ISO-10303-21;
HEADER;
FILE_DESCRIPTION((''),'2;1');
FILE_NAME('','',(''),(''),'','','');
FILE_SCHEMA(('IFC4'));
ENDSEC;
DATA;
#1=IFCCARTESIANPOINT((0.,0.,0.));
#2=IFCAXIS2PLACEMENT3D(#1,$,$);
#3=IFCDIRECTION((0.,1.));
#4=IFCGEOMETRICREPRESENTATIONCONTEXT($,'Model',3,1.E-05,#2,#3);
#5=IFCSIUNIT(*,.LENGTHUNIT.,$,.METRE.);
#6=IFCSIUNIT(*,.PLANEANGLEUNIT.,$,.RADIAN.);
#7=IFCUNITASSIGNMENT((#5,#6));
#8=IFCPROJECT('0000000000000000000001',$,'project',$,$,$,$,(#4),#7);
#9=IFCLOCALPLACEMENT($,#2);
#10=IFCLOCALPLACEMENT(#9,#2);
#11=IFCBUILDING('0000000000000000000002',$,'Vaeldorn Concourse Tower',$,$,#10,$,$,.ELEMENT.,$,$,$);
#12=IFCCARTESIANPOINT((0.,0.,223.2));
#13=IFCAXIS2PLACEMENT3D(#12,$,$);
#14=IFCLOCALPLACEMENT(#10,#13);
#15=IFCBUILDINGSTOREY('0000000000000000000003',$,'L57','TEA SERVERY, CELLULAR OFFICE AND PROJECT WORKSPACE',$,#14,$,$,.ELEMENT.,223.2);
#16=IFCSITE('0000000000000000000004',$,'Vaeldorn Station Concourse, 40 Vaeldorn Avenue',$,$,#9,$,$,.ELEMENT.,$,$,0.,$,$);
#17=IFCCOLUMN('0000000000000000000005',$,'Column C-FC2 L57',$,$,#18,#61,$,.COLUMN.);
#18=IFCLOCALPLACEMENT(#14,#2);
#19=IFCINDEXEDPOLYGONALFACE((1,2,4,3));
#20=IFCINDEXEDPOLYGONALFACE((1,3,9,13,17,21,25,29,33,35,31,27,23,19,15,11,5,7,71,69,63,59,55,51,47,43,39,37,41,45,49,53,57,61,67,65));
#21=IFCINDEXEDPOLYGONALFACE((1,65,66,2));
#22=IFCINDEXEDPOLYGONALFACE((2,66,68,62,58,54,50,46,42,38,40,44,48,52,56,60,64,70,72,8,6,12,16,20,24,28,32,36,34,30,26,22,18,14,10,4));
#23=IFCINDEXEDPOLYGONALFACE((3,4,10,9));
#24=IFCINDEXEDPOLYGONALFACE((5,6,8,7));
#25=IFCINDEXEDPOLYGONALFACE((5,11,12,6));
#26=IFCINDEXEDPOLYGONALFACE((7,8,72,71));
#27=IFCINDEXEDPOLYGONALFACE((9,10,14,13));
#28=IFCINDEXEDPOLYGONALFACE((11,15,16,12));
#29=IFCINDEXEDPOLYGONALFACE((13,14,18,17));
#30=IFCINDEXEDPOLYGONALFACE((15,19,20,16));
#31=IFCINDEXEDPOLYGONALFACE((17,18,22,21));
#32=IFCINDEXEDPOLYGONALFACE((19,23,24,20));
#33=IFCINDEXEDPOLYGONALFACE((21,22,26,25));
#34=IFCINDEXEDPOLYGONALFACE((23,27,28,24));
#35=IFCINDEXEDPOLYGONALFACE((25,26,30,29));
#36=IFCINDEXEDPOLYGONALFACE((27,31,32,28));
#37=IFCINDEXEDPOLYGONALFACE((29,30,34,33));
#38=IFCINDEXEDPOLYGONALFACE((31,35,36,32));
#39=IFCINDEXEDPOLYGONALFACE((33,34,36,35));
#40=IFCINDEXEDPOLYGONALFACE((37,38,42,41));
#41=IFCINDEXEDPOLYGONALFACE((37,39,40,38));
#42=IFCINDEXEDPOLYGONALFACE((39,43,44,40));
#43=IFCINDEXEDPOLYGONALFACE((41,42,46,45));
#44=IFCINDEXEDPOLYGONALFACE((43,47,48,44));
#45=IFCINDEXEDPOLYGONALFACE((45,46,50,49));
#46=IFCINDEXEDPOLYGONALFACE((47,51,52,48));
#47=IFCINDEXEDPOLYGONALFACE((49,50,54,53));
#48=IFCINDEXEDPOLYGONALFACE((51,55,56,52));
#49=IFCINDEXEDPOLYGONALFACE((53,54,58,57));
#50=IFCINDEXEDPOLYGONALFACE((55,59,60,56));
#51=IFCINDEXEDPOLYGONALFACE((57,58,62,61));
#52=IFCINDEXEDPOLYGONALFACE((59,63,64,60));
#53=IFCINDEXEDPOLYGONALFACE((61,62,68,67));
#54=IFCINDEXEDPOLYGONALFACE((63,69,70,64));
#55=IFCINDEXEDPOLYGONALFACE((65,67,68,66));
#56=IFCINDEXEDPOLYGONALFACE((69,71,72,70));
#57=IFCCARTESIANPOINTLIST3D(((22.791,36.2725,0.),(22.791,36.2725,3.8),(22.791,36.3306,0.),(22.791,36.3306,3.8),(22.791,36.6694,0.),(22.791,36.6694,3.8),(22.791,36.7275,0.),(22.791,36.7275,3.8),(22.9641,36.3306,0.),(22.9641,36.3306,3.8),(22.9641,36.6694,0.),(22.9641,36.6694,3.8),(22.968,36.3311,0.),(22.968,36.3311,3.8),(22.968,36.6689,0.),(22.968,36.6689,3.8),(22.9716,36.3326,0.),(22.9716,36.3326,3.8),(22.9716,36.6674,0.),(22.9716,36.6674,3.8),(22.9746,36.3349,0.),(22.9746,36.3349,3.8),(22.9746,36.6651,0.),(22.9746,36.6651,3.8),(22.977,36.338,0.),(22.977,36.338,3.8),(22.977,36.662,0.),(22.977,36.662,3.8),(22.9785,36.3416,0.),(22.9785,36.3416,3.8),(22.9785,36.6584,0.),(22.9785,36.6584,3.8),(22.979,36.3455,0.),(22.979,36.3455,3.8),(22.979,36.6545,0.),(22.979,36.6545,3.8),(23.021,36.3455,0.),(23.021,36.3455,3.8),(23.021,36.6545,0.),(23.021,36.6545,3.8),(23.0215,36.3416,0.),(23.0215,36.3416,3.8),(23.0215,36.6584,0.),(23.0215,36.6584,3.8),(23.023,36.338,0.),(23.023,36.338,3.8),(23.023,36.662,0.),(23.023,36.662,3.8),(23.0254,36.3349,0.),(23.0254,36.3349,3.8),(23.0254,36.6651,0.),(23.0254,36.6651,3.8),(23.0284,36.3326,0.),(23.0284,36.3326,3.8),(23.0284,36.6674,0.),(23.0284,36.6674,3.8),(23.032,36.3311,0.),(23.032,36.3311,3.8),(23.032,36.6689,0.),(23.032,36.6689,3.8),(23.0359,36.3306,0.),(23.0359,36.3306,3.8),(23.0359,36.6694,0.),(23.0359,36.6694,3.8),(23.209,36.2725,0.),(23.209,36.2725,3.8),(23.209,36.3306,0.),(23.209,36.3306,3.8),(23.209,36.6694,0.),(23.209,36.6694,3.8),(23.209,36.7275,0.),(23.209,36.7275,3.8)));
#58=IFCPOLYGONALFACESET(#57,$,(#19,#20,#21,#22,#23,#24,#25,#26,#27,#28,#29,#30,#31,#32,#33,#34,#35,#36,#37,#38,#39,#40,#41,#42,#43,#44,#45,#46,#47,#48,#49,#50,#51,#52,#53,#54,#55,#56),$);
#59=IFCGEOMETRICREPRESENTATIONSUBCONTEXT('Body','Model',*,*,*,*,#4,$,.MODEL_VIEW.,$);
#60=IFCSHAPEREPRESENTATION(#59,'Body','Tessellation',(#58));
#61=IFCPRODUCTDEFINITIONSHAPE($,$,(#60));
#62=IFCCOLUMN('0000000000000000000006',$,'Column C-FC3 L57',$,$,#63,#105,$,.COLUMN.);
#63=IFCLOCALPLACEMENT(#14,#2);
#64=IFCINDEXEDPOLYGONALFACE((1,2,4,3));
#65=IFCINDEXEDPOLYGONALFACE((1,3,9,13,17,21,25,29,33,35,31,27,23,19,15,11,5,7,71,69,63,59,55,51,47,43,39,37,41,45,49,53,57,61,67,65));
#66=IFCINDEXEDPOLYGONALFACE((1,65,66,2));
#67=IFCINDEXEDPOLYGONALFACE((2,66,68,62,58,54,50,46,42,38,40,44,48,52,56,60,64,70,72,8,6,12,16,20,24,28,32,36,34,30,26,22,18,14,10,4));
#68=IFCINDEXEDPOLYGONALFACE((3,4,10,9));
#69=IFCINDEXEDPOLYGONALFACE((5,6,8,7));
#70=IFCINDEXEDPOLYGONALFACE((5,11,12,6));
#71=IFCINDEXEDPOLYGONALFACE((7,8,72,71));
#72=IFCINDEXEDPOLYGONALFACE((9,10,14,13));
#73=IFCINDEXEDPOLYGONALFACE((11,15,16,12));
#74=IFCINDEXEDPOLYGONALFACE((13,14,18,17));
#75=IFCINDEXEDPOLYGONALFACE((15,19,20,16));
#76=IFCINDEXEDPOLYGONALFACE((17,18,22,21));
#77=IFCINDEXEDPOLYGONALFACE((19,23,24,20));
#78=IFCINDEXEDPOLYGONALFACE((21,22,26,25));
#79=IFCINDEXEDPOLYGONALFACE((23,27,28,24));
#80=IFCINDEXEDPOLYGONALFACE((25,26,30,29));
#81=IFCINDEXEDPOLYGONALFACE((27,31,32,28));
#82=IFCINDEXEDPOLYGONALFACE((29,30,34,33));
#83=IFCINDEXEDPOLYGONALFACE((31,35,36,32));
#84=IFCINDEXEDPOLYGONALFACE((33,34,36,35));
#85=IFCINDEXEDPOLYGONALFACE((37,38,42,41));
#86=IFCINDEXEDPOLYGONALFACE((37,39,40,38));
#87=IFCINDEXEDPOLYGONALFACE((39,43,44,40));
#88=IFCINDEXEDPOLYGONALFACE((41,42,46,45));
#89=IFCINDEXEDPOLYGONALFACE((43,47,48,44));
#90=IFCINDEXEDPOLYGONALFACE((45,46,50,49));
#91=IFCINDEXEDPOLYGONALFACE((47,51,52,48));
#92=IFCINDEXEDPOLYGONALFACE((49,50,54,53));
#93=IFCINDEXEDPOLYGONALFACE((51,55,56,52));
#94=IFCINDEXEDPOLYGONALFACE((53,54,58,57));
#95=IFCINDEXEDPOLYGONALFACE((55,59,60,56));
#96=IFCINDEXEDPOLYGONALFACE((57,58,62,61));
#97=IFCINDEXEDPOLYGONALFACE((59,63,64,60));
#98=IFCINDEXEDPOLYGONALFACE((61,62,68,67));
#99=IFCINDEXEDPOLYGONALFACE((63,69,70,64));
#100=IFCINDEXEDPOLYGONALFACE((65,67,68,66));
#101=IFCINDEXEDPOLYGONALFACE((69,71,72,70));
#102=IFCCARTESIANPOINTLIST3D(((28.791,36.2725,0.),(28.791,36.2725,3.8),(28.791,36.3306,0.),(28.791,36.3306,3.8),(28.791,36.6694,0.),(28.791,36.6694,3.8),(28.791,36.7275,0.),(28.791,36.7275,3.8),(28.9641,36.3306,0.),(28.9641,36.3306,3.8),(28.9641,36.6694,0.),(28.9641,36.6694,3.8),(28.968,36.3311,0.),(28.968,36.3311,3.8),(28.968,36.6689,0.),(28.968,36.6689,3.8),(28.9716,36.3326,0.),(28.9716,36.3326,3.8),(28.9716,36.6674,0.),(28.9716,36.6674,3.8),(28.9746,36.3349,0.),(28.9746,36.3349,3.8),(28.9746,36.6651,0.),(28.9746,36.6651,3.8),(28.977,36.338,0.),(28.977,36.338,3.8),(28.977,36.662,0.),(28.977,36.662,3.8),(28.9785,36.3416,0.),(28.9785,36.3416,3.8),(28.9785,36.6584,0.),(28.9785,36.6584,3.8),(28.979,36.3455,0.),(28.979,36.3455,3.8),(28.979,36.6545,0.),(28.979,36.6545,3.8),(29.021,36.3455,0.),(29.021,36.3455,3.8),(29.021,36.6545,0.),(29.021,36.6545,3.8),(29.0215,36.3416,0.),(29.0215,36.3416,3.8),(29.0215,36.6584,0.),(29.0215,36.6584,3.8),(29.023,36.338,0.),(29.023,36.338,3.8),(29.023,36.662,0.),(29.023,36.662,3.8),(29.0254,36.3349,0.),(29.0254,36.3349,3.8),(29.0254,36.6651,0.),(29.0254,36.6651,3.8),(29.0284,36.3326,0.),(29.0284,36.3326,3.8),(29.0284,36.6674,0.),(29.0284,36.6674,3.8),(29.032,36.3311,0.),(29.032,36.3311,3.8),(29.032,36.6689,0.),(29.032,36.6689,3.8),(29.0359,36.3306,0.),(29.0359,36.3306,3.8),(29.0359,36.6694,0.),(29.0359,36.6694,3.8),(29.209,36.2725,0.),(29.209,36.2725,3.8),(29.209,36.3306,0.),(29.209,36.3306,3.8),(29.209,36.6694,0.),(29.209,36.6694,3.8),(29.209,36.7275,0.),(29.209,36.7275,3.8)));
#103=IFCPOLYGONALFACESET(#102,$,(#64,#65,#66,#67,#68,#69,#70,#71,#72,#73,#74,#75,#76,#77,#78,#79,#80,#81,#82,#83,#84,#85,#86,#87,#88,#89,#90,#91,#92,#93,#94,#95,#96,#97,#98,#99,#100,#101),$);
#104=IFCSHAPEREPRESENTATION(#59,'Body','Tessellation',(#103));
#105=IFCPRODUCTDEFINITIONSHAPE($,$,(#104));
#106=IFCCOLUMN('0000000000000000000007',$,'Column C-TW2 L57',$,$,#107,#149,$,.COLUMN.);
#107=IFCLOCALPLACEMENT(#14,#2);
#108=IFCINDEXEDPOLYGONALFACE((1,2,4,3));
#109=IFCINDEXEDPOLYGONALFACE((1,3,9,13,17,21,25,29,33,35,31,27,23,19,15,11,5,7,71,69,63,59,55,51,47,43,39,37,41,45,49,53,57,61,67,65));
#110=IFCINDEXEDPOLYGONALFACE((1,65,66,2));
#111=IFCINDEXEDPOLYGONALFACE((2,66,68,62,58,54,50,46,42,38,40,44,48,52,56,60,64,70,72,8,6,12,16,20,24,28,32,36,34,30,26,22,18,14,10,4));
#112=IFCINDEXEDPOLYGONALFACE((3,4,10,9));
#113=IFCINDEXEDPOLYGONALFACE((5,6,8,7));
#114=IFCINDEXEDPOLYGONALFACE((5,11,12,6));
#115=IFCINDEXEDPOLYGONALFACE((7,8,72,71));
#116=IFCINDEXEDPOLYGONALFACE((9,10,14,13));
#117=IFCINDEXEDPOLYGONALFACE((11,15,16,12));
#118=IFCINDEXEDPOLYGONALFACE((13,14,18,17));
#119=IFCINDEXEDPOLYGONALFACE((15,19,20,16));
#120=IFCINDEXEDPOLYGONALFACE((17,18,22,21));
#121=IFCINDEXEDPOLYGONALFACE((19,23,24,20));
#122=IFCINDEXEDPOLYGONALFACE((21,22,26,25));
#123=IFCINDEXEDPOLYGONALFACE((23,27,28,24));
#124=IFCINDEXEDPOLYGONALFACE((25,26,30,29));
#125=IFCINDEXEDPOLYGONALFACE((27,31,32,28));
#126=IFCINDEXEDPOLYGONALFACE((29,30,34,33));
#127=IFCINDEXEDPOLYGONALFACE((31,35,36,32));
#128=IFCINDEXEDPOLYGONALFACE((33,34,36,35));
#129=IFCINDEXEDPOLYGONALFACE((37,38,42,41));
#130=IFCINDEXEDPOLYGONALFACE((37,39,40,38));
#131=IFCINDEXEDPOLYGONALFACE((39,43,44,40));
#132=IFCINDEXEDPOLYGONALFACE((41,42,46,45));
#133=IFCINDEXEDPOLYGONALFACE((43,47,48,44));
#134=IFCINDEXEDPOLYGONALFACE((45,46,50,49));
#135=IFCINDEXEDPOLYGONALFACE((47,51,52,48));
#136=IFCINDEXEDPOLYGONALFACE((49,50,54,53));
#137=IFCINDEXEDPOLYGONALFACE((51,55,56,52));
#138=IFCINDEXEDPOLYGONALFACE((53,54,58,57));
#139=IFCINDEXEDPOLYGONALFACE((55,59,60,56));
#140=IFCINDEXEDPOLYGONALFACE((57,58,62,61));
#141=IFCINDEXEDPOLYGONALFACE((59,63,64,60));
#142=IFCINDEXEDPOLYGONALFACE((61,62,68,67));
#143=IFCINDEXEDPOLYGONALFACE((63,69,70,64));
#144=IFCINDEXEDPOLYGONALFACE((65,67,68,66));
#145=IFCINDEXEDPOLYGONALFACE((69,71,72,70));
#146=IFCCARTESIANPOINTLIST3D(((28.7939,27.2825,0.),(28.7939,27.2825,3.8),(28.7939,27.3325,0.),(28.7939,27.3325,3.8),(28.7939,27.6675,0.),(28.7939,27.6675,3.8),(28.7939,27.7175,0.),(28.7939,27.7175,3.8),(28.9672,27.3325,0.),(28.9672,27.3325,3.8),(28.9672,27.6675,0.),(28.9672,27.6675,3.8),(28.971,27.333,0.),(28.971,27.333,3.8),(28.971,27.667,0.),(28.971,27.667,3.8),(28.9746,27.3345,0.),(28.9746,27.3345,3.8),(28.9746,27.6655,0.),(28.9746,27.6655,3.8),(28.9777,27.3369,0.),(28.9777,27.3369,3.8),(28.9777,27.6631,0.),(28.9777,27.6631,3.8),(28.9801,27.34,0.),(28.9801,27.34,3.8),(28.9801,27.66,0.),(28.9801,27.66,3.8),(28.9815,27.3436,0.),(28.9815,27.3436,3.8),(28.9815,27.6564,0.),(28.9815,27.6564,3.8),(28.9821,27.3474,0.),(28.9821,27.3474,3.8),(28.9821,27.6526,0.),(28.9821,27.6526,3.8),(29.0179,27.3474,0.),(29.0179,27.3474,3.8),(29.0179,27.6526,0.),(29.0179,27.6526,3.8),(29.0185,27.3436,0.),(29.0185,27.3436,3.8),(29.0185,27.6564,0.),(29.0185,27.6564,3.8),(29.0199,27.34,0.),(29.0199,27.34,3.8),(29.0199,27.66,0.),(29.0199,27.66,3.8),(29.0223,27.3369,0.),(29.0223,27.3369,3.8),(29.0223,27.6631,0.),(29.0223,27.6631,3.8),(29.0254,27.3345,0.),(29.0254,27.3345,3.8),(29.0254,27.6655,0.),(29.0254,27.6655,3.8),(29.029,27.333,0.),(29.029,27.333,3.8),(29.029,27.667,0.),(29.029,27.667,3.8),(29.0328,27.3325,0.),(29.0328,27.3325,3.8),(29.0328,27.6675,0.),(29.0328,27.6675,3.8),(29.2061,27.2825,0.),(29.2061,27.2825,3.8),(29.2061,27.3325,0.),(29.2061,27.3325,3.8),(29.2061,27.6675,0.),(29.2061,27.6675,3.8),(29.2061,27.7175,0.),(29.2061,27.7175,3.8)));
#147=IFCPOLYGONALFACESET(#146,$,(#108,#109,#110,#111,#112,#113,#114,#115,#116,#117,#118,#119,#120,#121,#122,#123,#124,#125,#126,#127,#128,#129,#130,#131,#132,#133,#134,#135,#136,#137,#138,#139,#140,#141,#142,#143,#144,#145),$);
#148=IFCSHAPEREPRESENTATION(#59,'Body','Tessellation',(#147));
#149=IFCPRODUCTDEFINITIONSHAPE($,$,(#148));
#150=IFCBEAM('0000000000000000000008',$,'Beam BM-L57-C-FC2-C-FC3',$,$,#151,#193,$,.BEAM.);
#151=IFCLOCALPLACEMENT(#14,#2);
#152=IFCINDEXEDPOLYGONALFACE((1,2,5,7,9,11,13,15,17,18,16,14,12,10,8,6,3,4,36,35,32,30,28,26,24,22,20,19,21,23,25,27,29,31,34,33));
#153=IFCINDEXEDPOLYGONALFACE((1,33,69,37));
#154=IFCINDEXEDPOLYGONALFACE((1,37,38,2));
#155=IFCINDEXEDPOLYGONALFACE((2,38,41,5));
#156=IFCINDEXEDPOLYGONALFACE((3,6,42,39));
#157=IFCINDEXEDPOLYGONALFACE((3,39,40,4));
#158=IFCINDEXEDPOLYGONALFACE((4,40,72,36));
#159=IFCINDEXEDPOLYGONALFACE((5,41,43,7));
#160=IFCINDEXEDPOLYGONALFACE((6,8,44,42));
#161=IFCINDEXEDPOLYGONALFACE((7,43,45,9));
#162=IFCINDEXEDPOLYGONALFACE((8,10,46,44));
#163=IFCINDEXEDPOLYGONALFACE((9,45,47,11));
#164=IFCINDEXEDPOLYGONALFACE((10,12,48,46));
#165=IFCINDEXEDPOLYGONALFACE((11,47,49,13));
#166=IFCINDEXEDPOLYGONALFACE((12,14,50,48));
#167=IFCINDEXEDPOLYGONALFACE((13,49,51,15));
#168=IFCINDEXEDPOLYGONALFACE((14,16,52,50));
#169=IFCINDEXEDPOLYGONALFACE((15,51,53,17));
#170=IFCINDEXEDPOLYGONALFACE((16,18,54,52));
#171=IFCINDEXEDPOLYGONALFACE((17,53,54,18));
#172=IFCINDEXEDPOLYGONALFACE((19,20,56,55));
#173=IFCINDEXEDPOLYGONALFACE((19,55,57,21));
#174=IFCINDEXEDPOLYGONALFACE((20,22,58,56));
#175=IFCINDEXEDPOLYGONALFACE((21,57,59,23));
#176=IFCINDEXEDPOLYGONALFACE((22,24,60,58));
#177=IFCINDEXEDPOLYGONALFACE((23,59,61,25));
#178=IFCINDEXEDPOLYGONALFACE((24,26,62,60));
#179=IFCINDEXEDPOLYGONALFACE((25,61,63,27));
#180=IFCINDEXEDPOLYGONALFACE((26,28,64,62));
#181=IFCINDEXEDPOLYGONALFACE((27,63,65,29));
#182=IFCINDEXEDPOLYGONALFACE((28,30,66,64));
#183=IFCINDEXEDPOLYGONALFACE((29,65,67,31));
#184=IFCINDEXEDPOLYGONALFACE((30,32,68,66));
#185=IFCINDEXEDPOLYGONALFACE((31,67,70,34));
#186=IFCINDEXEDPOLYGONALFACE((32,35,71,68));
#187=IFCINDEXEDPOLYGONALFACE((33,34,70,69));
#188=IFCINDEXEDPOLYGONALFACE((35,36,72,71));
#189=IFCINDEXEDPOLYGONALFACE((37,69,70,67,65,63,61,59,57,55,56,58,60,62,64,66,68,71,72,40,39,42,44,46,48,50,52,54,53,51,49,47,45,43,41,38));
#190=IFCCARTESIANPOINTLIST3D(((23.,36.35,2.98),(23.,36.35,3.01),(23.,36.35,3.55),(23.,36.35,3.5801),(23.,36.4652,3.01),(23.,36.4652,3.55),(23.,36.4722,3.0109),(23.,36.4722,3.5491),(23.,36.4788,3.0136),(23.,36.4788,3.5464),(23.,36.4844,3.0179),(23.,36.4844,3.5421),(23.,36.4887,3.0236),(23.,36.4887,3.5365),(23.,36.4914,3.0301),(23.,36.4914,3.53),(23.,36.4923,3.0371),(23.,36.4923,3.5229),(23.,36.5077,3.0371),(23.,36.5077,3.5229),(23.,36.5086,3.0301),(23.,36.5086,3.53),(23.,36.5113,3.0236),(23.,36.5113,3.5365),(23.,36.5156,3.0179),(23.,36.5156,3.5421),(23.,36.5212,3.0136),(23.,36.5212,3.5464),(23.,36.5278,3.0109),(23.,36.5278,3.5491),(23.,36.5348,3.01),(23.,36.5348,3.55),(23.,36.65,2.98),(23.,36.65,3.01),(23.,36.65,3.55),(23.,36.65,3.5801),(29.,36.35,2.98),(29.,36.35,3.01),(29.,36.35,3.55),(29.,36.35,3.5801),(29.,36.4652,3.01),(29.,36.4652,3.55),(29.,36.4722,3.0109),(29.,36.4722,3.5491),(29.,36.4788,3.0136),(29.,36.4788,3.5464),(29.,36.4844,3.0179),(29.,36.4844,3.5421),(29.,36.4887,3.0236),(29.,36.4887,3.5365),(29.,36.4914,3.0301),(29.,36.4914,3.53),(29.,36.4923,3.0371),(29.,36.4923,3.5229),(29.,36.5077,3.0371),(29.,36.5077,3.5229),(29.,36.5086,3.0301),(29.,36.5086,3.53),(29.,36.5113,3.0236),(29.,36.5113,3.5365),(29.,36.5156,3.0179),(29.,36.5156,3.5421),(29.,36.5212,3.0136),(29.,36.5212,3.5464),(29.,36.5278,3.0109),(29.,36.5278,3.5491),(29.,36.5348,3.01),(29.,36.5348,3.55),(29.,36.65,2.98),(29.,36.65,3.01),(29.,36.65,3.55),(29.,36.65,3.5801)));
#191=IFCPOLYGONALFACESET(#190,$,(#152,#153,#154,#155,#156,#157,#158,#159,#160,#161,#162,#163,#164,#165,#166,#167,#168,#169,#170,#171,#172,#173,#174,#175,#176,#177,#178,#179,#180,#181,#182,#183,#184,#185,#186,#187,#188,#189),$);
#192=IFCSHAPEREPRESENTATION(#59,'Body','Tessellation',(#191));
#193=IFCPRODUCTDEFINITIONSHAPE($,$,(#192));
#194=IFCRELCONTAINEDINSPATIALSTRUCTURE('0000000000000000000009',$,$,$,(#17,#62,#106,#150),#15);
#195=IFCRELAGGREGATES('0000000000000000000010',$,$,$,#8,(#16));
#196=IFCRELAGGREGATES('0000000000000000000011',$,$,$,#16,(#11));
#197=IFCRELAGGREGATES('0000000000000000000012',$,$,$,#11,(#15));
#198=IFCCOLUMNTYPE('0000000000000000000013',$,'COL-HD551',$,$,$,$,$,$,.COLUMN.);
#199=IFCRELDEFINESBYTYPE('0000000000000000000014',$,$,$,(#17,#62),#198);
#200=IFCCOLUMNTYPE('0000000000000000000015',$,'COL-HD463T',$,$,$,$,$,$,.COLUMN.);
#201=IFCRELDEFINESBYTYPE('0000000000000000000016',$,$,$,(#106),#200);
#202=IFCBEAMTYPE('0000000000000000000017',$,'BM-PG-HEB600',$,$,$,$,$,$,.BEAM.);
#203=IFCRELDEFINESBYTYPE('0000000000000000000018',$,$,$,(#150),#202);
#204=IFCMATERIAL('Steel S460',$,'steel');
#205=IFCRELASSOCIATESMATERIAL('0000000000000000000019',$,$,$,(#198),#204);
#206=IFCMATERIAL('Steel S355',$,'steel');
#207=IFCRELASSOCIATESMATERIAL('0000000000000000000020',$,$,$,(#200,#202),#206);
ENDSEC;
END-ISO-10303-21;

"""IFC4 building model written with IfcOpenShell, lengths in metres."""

from ifc_helpers import new_model, si_unit, direction, frame, origin, origin_2d, place, context, subcontext, project, spatial, i_section, extrude, source, transform, mapped, material, material_profile, profile_set, type_object, element, save


model = new_model("IFC4")

# Units and contexts
model_context = context("Model", 3, precision=1e-05, world=origin(), true_north=direction((0.0, 1.0)))
body_context = subcontext(model_context, "Body", "Model", "MODEL_VIEW")
ifc_project = project(units=[si_unit("LENGTHUNIT", "METRE"), si_unit("PLANEANGLEUNIT", "RADIAN")], contexts=[model_context])

# Site, building, storey
site_placement = place(None, origin())
site = spatial("IfcSite", under=ifc_project, at=site_placement, Name="Vaeldorn Station Concourse, 40 Vaeldorn Avenue", CompositionType="ELEMENT", RefElevation=0.0)
building_placement = place(site_placement, origin())
building = spatial("IfcBuilding", under=site, at=building_placement, Name="Vaeldorn Concourse Tower", CompositionType="ELEMENT")
storey_placement = place(building_placement, frame((0.0, 0.0, 223.2)))
storey = spatial("IfcBuildingStorey", under=building, at=storey_placement, Name="L57", Description="TEA SERVERY, CELLULAR OFFICE AND PROJECT WORKSPACE", CompositionType="ELEMENT", Elevation=223.2)

# Columns
ifc_material_1 = material(Name="Steel S460", Category="steel")
ifc_material_profile_1 = material_profile(ifc_material_1, i_section(OverallWidth=0.418, OverallDepth=0.4551, WebThickness=0.042, FlangeThickness=0.0581, FilletRadius=0.0149, at=origin_2d()), Name="HD 400x551")
ifc_profile_set_1 = profile_set([ifc_material_profile_1], Name="Steel S460")
column_type_1 = type_object("IfcColumnType", Name="COL-HD551", PredefinedType="COLUMN", material=ifc_profile_set_1)
shared_shape_1 = source(origin(), body_context, "Body", "SweptSolid", [
    extrude(i_section(OverallWidth=0.418, OverallDepth=0.4551, WebThickness=0.042, FlangeThickness=0.0581, FilletRadius=0.0149, at=origin_2d()), origin(), (0.0, 0.0, 1.0), 3.8),
])
for number, where, z_axis, x_axis, name in (
    (1, (23.0, 36.5, 0.0), (0.0, 0.0, 1.0), (1.0, 0.0, 0.0), "Column C-FC2 L57"),
    (2, (29.0, 36.5, 0.0), (0.0, 0.0, 1.0), (1.0, 0.0, 0.0), "Column C-FC3 L57"),
):
    element("IfcColumn", number, at=place(storey_placement, frame(where, z_axis=z_axis, x_axis=x_axis)), inside=storey, type_object=column_type_1, Name=name, PredefinedType="COLUMN", context=body_context, shape_type="MappedRepresentation", body=[
        mapped(shared_shape_1, transform((0.0, 0.0, 0.0), scale=1.0)),
    ])
ifc_material_2 = material(Name="Steel S355", Category="steel")
ifc_material_profile_2 = material_profile(ifc_material_2, i_section(OverallWidth=0.4121, OverallDepth=0.4351, WebThickness=0.0359, FlangeThickness=0.05, FilletRadius=0.0149, at=origin_2d()), Name="HD 400x463")
ifc_profile_set_2 = profile_set([ifc_material_profile_2], Name="Steel S355")
column_type_2 = type_object("IfcColumnType", Name="COL-HD463T", PredefinedType="COLUMN", material=ifc_profile_set_2)
shared_shape_2 = source(origin(), body_context, "Body", "SweptSolid", [
    extrude(i_section(OverallWidth=0.4121, OverallDepth=0.4351, WebThickness=0.0359, FlangeThickness=0.05, FilletRadius=0.0149, at=origin_2d()), origin(), (0.0, 0.0, 1.0), 3.8),
])
column_placement = place(storey_placement, frame((29.0, 27.5, 0.0), z_axis=(0.0, 0.0, 1.0), x_axis=(1.0, 0.0, 0.0)))
element("IfcColumn", 3, at=column_placement, inside=storey, type_object=column_type_2, Name="Column C-TW2 L57", PredefinedType="COLUMN", context=body_context, shape_type="MappedRepresentation", body=[
    mapped(shared_shape_2, transform((0.0, 0.0, 0.0), scale=1.0)),
])

# Beam
ifc_material_profile_3 = material_profile(ifc_material_2, i_section(OverallWidth=0.3, OverallDepth=0.6001, WebThickness=0.0154, FlangeThickness=0.03, FilletRadius=0.0271, at=origin_2d()), Name="HEB 600")
ifc_profile_set_3 = profile_set([ifc_material_profile_3], Name="Steel S355")
beam_type_1 = type_object("IfcBeamType", Name="BM-PG-HEB600", PredefinedType="BEAM", material=ifc_profile_set_3)
shared_shape_3 = source(origin(), body_context, "Body", "SweptSolid", [
    extrude(i_section(OverallWidth=0.3, OverallDepth=0.6001, WebThickness=0.0154, FlangeThickness=0.03, FilletRadius=0.0271, at=origin_2d()), origin(), (0.0, 0.0, 1.0), 6.0),
])
for number, where, z_axis, x_axis, name in (
    (4, (23.0, 36.5, 3.28), (1.0, 0.0, 0.0), (0.0, 1.0, 0.0), "Beam BM-L57-C-FC2-C-FC3"),
):
    element("IfcBeam", number, at=place(storey_placement, frame(where, z_axis=z_axis, x_axis=x_axis)), inside=storey, type_object=beam_type_1, Name=name, PredefinedType="BEAM", context=body_context, shape_type="MappedRepresentation", body=[
        mapped(shared_shape_3, transform((0.0, 0.0, 0.0), scale=1.0)),
    ])

save(model, "model.ifc")
